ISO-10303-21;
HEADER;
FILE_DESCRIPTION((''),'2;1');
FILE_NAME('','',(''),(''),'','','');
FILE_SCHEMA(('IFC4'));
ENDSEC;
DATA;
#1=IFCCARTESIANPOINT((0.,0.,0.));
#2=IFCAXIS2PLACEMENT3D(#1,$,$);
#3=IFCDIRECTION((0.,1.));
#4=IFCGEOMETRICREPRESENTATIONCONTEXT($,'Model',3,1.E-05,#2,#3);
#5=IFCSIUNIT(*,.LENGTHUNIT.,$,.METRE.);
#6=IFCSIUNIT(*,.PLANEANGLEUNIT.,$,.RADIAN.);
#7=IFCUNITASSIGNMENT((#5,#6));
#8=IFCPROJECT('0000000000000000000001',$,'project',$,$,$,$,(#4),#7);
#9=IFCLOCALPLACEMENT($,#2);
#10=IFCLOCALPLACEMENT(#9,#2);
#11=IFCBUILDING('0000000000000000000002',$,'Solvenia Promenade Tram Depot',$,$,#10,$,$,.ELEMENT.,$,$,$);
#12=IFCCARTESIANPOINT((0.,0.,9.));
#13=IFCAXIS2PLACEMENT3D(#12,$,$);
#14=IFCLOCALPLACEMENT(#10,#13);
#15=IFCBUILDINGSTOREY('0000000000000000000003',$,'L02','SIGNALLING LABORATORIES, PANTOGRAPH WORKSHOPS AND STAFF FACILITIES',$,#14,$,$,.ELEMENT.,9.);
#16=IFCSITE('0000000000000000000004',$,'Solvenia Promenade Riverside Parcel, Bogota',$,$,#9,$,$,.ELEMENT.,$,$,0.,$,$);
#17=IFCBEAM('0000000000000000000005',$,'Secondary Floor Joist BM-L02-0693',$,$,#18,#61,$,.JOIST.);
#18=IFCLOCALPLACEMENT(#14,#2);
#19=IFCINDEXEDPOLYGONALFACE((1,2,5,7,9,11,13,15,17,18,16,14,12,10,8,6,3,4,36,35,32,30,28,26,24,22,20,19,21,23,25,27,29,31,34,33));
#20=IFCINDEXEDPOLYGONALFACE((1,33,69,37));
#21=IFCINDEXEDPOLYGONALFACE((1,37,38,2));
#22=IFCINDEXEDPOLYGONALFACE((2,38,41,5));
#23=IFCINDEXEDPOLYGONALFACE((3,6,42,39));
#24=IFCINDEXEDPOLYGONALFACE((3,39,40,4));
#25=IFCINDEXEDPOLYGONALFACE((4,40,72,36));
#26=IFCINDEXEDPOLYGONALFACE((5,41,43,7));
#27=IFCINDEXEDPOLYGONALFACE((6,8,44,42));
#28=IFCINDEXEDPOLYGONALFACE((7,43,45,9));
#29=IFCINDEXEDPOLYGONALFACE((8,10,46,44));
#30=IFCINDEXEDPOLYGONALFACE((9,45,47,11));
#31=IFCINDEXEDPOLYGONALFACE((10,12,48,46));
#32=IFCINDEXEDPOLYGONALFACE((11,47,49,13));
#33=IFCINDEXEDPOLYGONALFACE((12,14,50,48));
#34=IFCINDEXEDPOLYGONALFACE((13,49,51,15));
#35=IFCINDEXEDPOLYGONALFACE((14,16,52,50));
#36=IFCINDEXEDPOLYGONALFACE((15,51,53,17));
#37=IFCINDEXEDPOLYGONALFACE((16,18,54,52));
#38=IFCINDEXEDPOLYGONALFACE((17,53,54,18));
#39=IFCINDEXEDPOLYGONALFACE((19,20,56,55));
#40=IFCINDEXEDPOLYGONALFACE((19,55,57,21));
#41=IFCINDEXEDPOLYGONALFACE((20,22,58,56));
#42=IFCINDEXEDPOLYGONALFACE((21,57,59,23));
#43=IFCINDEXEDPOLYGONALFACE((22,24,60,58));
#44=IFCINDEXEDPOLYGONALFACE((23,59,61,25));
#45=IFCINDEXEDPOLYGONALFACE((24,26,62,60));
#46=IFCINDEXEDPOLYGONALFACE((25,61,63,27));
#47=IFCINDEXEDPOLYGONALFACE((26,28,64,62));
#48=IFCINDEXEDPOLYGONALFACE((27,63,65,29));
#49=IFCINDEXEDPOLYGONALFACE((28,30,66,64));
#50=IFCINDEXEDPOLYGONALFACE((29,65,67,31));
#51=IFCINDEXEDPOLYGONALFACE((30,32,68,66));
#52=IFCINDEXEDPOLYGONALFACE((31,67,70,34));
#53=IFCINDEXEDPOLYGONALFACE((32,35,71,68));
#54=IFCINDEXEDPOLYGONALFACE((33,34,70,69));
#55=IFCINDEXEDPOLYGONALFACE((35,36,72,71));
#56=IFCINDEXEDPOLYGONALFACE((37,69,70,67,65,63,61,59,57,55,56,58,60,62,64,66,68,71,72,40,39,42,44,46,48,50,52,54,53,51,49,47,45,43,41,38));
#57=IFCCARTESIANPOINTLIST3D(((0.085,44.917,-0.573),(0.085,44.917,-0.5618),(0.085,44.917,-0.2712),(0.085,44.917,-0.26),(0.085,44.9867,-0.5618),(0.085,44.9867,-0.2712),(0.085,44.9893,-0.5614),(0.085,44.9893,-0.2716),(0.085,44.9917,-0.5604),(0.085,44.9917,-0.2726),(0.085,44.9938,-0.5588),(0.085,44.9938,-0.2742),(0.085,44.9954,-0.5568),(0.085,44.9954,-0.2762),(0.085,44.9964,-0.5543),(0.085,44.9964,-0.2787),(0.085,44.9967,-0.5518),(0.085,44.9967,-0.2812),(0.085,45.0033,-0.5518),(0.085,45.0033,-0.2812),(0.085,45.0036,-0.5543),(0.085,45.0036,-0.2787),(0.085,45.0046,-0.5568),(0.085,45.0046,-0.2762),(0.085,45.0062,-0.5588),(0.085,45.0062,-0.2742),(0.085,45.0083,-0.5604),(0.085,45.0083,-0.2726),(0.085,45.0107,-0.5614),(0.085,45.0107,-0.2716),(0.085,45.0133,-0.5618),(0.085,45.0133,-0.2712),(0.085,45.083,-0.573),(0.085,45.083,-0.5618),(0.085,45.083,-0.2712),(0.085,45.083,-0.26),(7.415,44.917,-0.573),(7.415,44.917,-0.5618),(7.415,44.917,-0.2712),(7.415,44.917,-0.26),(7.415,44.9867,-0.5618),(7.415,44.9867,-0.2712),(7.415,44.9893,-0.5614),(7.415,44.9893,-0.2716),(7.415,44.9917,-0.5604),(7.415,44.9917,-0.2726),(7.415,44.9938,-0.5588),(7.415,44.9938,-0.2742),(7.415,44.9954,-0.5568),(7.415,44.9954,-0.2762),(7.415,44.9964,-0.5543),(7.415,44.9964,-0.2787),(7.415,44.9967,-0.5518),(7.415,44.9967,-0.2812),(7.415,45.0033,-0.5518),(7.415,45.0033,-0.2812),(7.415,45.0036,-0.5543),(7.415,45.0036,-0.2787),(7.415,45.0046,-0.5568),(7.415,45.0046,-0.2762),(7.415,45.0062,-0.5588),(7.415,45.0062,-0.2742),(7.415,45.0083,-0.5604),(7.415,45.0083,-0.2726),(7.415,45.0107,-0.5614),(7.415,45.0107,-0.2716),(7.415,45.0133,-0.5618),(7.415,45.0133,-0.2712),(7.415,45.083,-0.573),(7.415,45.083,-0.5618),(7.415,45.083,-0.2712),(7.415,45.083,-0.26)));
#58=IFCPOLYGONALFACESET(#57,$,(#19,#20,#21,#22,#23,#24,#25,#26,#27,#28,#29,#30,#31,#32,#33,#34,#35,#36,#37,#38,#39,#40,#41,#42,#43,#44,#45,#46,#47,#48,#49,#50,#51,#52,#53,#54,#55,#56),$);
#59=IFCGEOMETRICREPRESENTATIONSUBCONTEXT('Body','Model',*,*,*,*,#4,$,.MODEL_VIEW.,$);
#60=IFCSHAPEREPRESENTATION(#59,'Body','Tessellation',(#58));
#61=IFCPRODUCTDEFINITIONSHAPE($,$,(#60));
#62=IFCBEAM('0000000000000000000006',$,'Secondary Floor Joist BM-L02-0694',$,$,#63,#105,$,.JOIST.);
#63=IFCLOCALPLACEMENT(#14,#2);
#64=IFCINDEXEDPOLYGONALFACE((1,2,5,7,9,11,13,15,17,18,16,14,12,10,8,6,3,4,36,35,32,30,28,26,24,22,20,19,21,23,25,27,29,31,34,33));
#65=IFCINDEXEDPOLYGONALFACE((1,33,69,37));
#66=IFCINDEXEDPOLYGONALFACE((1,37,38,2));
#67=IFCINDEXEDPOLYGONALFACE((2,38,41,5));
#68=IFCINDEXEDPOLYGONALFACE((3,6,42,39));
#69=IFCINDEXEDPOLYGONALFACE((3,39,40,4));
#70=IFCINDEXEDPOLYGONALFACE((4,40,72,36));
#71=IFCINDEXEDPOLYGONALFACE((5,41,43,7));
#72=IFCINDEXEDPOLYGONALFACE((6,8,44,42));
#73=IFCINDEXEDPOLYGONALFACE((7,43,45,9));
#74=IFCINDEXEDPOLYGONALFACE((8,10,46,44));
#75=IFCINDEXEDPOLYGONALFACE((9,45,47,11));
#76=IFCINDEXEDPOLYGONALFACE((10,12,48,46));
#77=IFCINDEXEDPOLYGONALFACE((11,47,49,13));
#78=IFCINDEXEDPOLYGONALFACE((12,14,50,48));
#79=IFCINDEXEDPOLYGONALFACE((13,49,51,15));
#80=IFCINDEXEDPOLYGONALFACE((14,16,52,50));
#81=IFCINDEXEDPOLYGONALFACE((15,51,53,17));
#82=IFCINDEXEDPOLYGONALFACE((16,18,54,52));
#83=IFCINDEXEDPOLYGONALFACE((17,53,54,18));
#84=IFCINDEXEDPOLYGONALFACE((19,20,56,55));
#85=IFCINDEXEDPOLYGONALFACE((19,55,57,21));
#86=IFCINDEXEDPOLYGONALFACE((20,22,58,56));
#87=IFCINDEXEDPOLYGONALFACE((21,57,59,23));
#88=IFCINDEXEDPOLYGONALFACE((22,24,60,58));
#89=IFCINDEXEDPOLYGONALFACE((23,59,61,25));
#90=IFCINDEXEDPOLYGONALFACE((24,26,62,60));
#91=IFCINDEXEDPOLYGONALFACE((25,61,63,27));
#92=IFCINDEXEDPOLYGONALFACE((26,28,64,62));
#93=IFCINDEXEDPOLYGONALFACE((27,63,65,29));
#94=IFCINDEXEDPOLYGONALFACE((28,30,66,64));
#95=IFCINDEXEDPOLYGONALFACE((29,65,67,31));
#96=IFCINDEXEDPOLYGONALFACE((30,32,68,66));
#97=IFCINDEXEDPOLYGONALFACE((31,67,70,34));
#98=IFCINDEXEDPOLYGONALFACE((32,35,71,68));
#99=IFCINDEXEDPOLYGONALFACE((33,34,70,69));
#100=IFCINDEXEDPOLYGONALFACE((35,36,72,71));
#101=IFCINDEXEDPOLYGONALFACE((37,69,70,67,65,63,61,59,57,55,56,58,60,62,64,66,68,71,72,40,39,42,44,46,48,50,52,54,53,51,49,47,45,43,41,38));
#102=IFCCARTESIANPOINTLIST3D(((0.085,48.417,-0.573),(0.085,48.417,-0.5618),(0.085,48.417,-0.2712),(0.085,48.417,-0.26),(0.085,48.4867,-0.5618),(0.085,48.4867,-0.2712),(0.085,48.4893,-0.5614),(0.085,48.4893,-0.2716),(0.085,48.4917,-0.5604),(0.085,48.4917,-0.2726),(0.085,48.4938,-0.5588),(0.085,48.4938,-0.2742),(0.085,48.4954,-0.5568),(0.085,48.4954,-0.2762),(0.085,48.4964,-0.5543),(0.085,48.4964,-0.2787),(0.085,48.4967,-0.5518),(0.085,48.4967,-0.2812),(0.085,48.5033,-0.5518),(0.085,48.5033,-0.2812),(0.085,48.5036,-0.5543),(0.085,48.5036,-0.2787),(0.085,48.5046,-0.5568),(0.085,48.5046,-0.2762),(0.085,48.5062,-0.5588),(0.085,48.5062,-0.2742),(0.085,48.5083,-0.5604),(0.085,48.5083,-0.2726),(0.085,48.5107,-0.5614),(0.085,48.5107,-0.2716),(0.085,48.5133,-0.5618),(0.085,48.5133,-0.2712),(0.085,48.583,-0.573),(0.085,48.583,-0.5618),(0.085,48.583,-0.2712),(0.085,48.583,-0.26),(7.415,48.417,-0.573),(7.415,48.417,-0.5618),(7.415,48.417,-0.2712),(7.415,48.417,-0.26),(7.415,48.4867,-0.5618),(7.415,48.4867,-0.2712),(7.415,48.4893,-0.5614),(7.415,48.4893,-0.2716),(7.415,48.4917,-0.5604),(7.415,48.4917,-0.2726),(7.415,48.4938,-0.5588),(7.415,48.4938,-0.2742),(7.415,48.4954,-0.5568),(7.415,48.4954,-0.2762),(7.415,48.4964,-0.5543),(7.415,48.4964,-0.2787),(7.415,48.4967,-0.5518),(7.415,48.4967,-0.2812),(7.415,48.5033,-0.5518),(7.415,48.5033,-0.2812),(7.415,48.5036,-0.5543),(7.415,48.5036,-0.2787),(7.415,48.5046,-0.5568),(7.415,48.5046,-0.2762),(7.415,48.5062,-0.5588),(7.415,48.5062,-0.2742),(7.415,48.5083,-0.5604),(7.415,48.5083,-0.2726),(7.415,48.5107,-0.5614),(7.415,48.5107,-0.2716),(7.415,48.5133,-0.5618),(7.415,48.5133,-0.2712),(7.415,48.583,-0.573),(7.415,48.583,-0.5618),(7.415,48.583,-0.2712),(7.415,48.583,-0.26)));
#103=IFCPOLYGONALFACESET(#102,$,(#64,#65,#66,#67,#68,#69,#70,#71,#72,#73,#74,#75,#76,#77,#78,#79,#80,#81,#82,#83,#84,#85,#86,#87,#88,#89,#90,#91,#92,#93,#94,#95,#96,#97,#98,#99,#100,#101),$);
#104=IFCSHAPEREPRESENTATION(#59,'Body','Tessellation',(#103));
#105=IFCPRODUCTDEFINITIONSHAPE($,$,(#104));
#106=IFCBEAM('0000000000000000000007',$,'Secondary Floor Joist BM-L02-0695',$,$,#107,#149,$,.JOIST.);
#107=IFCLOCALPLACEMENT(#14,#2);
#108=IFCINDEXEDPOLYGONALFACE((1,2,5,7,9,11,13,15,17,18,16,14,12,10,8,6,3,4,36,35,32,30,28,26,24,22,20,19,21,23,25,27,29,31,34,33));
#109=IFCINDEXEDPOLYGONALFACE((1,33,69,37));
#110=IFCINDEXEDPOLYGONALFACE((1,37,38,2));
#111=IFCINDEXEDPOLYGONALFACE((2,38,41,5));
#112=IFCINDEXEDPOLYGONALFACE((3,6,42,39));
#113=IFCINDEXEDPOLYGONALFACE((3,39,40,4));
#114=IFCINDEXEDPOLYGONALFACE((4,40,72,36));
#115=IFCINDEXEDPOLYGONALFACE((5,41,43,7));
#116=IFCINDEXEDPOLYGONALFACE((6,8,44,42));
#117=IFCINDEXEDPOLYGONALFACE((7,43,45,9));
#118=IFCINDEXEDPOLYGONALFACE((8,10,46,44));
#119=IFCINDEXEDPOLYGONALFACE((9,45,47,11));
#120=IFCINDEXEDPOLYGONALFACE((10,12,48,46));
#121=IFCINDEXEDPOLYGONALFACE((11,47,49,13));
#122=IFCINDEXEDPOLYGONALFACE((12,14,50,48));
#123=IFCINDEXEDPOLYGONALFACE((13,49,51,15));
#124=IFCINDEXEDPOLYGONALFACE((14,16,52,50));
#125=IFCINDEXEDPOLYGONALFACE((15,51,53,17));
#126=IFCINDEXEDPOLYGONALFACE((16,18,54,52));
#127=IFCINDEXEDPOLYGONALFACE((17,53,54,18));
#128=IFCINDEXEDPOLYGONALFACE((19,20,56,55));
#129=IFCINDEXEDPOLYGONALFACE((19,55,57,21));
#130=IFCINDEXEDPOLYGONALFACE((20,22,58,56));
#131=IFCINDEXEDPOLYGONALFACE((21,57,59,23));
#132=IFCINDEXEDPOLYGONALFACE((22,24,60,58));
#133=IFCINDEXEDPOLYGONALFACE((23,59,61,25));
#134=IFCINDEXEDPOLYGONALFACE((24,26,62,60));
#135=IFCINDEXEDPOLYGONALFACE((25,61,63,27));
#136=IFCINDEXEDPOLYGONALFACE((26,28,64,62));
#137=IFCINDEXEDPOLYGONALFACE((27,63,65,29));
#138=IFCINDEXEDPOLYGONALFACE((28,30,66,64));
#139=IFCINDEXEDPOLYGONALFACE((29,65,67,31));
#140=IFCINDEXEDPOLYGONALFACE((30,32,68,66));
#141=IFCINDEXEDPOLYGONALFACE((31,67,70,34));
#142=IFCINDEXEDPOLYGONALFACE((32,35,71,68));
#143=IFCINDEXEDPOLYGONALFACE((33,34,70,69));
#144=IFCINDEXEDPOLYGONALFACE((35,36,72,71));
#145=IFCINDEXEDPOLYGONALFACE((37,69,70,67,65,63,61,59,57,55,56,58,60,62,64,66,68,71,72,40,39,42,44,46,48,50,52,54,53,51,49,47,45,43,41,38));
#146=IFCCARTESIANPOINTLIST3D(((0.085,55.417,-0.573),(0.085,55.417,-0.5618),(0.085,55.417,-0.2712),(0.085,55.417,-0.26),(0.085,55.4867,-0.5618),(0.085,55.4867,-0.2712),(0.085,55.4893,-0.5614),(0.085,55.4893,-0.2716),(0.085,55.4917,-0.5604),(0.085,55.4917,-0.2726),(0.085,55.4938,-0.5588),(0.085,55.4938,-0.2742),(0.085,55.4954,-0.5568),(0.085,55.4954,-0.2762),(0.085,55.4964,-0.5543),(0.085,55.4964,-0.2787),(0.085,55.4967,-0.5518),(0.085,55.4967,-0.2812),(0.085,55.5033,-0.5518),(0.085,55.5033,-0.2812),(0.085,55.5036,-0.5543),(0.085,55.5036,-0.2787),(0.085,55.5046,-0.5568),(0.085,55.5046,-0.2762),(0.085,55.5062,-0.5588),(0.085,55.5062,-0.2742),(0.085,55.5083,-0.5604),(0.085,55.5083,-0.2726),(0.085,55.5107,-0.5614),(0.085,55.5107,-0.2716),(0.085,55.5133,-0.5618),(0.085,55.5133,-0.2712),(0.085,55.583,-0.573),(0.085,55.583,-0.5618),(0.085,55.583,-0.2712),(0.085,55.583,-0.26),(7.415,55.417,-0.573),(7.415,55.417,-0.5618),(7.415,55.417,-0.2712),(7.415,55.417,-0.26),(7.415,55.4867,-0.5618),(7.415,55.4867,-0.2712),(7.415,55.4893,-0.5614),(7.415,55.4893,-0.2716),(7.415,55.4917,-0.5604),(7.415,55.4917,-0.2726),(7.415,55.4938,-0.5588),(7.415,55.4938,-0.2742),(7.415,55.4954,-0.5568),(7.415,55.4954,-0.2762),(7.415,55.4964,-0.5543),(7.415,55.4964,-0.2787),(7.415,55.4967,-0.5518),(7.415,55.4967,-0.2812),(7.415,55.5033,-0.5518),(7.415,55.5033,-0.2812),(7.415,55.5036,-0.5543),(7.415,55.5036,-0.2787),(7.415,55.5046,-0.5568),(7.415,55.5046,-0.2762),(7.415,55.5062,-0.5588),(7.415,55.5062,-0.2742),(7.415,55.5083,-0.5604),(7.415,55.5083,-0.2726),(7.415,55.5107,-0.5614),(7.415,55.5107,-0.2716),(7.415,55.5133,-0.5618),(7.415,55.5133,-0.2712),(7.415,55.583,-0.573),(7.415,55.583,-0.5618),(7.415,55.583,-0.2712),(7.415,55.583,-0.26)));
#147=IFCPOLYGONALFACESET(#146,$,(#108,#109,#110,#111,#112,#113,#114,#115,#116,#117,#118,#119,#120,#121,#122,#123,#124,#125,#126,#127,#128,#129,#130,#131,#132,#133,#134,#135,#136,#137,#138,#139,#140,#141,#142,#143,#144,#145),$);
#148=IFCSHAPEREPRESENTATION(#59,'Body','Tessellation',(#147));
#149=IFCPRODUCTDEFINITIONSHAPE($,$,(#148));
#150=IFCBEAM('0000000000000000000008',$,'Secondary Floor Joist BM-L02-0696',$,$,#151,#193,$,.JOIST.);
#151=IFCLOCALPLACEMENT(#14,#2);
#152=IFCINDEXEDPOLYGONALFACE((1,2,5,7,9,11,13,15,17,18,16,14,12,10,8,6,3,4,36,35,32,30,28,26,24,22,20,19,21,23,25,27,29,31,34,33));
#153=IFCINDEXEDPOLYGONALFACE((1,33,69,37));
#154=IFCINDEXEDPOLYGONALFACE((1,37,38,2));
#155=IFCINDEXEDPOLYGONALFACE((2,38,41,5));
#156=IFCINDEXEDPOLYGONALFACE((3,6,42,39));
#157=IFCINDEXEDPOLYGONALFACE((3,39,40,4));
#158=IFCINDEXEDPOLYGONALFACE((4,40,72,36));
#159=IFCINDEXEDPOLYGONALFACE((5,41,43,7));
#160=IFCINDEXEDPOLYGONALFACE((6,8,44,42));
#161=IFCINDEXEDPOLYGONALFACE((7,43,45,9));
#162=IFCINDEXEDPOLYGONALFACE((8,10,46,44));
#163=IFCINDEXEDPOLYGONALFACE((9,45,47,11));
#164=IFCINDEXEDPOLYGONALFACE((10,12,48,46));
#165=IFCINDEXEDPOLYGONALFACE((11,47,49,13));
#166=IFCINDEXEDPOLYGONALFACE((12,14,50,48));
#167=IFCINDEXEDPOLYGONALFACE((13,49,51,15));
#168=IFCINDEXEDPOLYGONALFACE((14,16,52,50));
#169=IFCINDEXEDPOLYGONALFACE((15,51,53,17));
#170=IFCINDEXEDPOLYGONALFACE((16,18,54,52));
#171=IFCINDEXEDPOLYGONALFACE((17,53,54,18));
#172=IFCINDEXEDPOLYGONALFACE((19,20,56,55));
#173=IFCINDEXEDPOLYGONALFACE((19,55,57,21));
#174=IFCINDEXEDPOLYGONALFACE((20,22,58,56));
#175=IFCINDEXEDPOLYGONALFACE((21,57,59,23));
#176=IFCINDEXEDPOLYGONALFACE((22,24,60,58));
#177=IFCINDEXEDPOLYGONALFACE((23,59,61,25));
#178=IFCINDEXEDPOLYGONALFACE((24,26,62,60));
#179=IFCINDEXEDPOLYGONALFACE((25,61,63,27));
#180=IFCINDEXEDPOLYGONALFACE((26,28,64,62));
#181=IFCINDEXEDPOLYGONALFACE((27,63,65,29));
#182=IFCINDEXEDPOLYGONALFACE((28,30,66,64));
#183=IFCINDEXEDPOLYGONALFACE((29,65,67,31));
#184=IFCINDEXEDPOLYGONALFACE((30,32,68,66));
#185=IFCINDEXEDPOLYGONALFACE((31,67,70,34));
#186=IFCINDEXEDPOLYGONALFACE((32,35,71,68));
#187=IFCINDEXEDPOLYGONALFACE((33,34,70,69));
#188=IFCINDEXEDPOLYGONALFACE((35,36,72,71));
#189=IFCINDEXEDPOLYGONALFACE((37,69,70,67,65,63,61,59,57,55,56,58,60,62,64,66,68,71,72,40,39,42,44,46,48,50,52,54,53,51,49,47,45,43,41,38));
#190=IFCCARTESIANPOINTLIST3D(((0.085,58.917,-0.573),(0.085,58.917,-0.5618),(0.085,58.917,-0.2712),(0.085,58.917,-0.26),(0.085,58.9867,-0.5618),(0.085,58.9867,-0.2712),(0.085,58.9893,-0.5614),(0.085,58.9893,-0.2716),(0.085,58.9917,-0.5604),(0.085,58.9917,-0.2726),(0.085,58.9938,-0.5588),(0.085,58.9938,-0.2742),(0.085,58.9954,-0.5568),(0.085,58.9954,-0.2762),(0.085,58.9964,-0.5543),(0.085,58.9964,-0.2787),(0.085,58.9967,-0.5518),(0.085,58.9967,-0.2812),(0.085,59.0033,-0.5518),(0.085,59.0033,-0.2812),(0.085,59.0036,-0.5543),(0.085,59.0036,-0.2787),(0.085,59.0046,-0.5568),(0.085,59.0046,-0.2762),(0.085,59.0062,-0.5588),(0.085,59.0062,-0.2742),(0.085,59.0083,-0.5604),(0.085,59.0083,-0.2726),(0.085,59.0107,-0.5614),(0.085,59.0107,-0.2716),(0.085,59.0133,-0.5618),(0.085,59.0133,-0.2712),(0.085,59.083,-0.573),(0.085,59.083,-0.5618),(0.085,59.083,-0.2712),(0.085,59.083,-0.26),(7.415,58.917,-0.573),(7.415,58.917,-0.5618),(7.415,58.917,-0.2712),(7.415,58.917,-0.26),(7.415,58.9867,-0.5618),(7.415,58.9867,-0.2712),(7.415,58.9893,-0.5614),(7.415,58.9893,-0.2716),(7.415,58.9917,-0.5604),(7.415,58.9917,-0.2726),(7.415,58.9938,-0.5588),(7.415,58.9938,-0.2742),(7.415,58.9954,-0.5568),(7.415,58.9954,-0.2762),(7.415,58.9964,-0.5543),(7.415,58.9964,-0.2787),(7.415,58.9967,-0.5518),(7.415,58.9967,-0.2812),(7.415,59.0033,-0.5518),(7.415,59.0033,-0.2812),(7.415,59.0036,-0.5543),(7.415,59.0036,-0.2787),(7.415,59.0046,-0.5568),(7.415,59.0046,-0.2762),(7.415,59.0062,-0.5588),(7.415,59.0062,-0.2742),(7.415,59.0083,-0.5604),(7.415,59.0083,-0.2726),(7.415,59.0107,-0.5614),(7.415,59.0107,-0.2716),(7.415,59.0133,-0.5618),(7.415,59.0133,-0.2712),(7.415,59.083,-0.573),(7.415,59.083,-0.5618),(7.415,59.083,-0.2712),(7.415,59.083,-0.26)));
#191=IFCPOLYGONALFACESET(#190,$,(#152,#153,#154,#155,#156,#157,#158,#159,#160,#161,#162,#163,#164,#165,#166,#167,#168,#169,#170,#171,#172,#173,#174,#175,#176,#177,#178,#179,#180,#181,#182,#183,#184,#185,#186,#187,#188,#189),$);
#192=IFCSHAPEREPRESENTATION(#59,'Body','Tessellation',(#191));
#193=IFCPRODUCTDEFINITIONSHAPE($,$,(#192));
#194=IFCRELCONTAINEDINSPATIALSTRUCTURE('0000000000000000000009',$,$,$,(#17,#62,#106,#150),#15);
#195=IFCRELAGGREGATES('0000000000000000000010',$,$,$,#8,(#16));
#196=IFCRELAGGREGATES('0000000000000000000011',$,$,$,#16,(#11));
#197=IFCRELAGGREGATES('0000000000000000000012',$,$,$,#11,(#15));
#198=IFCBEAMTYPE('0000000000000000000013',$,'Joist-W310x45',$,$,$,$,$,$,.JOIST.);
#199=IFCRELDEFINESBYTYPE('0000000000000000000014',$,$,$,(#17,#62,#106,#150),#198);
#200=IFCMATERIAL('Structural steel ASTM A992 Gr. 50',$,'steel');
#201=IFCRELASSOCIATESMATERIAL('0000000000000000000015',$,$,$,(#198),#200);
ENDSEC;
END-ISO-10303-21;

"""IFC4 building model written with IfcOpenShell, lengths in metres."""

from ifc_helpers import new_model, si_unit, direction, frame, origin, origin_2d, place, context, subcontext, project, spatial, i_section, extrude, material, material_profile, profile_set, type_object, element, save


model = new_model("IFC4")

# Units and contexts
model_context = context("Model", 3, precision=1e-05, world=origin(), true_north=direction((0.0, 1.0)))
body_context = subcontext(model_context, "Body", "Model", "MODEL_VIEW")
ifc_project = project(units=[si_unit("LENGTHUNIT", "METRE"), si_unit("PLANEANGLEUNIT", "RADIAN")], contexts=[model_context])

# Site, building, storey
site_placement = place(None, origin())
site = spatial("IfcSite", under=ifc_project, at=site_placement, Name="Solvenia Promenade Riverside Parcel, Bogota", CompositionType="ELEMENT", RefElevation=0.0)
building_placement = place(site_placement, origin())
building = spatial("IfcBuilding", under=site, at=building_placement, Name="Solvenia Promenade Tram Depot", CompositionType="ELEMENT")
storey_placement = place(building_placement, frame((0.0, 0.0, 9.0)))
storey = spatial("IfcBuildingStorey", under=building, at=storey_placement, Name="L02", Description="SIGNALLING LABORATORIES, PANTOGRAPH WORKSHOPS AND STAFF FACILITIES", CompositionType="ELEMENT", Elevation=9.0)

# Beams
ifc_material = material(Name="Structural steel ASTM A992 Gr. 50", Category="steel")
ifc_material_profile_1 = material_profile(ifc_material, i_section(OverallWidth=0.166, OverallDepth=0.313, WebThickness=0.0066, FlangeThickness=0.0112, FilletRadius=0.01, at=origin_2d()), Name="W310x45", Category="steel")
ifc_profile_set_1 = profile_set([ifc_material_profile_1], Name="Structural steel ASTM A992 Gr. 50")
beam_type_1 = type_object("IfcBeamType", Name="Joist-W310x45", PredefinedType="JOIST", material=ifc_profile_set_1)
for number, where, z_axis, x_axis, name in (
    (1, (0.085, 45.0, -0.4165), (1.0, 0.0, 0.0), (0.0, 1.0, 0.0), "Secondary Floor Joist BM-L02-0693"),
    (2, (0.085, 48.5, -0.4165), (1.0, 0.0, 0.0), (0.0, 1.0, 0.0), "Secondary Floor Joist BM-L02-0694"),
    (3, (0.085, 55.5, -0.4165), (1.0, 0.0, 0.0), (0.0, 1.0, 0.0), "Secondary Floor Joist BM-L02-0695"),
    (4, (0.085, 59.0, -0.4165), (1.0, 0.0, 0.0), (0.0, 1.0, 0.0), "Secondary Floor Joist BM-L02-0696"),
):
    element("IfcBeam", number, at=place(storey_placement, frame(where, z_axis=z_axis, x_axis=x_axis)), inside=storey, type_object=beam_type_1, Name=name, PredefinedType="JOIST", context=body_context, shape_type="SweptSolid", body=[
        extrude(i_section(OverallWidth=0.166, OverallDepth=0.313, WebThickness=0.0066, FlangeThickness=0.0112, FilletRadius=0.01, at=origin_2d()), origin(), (0.0, 0.0, 1.0), 7.3301),
    ])

save(model, "model.ifc")
